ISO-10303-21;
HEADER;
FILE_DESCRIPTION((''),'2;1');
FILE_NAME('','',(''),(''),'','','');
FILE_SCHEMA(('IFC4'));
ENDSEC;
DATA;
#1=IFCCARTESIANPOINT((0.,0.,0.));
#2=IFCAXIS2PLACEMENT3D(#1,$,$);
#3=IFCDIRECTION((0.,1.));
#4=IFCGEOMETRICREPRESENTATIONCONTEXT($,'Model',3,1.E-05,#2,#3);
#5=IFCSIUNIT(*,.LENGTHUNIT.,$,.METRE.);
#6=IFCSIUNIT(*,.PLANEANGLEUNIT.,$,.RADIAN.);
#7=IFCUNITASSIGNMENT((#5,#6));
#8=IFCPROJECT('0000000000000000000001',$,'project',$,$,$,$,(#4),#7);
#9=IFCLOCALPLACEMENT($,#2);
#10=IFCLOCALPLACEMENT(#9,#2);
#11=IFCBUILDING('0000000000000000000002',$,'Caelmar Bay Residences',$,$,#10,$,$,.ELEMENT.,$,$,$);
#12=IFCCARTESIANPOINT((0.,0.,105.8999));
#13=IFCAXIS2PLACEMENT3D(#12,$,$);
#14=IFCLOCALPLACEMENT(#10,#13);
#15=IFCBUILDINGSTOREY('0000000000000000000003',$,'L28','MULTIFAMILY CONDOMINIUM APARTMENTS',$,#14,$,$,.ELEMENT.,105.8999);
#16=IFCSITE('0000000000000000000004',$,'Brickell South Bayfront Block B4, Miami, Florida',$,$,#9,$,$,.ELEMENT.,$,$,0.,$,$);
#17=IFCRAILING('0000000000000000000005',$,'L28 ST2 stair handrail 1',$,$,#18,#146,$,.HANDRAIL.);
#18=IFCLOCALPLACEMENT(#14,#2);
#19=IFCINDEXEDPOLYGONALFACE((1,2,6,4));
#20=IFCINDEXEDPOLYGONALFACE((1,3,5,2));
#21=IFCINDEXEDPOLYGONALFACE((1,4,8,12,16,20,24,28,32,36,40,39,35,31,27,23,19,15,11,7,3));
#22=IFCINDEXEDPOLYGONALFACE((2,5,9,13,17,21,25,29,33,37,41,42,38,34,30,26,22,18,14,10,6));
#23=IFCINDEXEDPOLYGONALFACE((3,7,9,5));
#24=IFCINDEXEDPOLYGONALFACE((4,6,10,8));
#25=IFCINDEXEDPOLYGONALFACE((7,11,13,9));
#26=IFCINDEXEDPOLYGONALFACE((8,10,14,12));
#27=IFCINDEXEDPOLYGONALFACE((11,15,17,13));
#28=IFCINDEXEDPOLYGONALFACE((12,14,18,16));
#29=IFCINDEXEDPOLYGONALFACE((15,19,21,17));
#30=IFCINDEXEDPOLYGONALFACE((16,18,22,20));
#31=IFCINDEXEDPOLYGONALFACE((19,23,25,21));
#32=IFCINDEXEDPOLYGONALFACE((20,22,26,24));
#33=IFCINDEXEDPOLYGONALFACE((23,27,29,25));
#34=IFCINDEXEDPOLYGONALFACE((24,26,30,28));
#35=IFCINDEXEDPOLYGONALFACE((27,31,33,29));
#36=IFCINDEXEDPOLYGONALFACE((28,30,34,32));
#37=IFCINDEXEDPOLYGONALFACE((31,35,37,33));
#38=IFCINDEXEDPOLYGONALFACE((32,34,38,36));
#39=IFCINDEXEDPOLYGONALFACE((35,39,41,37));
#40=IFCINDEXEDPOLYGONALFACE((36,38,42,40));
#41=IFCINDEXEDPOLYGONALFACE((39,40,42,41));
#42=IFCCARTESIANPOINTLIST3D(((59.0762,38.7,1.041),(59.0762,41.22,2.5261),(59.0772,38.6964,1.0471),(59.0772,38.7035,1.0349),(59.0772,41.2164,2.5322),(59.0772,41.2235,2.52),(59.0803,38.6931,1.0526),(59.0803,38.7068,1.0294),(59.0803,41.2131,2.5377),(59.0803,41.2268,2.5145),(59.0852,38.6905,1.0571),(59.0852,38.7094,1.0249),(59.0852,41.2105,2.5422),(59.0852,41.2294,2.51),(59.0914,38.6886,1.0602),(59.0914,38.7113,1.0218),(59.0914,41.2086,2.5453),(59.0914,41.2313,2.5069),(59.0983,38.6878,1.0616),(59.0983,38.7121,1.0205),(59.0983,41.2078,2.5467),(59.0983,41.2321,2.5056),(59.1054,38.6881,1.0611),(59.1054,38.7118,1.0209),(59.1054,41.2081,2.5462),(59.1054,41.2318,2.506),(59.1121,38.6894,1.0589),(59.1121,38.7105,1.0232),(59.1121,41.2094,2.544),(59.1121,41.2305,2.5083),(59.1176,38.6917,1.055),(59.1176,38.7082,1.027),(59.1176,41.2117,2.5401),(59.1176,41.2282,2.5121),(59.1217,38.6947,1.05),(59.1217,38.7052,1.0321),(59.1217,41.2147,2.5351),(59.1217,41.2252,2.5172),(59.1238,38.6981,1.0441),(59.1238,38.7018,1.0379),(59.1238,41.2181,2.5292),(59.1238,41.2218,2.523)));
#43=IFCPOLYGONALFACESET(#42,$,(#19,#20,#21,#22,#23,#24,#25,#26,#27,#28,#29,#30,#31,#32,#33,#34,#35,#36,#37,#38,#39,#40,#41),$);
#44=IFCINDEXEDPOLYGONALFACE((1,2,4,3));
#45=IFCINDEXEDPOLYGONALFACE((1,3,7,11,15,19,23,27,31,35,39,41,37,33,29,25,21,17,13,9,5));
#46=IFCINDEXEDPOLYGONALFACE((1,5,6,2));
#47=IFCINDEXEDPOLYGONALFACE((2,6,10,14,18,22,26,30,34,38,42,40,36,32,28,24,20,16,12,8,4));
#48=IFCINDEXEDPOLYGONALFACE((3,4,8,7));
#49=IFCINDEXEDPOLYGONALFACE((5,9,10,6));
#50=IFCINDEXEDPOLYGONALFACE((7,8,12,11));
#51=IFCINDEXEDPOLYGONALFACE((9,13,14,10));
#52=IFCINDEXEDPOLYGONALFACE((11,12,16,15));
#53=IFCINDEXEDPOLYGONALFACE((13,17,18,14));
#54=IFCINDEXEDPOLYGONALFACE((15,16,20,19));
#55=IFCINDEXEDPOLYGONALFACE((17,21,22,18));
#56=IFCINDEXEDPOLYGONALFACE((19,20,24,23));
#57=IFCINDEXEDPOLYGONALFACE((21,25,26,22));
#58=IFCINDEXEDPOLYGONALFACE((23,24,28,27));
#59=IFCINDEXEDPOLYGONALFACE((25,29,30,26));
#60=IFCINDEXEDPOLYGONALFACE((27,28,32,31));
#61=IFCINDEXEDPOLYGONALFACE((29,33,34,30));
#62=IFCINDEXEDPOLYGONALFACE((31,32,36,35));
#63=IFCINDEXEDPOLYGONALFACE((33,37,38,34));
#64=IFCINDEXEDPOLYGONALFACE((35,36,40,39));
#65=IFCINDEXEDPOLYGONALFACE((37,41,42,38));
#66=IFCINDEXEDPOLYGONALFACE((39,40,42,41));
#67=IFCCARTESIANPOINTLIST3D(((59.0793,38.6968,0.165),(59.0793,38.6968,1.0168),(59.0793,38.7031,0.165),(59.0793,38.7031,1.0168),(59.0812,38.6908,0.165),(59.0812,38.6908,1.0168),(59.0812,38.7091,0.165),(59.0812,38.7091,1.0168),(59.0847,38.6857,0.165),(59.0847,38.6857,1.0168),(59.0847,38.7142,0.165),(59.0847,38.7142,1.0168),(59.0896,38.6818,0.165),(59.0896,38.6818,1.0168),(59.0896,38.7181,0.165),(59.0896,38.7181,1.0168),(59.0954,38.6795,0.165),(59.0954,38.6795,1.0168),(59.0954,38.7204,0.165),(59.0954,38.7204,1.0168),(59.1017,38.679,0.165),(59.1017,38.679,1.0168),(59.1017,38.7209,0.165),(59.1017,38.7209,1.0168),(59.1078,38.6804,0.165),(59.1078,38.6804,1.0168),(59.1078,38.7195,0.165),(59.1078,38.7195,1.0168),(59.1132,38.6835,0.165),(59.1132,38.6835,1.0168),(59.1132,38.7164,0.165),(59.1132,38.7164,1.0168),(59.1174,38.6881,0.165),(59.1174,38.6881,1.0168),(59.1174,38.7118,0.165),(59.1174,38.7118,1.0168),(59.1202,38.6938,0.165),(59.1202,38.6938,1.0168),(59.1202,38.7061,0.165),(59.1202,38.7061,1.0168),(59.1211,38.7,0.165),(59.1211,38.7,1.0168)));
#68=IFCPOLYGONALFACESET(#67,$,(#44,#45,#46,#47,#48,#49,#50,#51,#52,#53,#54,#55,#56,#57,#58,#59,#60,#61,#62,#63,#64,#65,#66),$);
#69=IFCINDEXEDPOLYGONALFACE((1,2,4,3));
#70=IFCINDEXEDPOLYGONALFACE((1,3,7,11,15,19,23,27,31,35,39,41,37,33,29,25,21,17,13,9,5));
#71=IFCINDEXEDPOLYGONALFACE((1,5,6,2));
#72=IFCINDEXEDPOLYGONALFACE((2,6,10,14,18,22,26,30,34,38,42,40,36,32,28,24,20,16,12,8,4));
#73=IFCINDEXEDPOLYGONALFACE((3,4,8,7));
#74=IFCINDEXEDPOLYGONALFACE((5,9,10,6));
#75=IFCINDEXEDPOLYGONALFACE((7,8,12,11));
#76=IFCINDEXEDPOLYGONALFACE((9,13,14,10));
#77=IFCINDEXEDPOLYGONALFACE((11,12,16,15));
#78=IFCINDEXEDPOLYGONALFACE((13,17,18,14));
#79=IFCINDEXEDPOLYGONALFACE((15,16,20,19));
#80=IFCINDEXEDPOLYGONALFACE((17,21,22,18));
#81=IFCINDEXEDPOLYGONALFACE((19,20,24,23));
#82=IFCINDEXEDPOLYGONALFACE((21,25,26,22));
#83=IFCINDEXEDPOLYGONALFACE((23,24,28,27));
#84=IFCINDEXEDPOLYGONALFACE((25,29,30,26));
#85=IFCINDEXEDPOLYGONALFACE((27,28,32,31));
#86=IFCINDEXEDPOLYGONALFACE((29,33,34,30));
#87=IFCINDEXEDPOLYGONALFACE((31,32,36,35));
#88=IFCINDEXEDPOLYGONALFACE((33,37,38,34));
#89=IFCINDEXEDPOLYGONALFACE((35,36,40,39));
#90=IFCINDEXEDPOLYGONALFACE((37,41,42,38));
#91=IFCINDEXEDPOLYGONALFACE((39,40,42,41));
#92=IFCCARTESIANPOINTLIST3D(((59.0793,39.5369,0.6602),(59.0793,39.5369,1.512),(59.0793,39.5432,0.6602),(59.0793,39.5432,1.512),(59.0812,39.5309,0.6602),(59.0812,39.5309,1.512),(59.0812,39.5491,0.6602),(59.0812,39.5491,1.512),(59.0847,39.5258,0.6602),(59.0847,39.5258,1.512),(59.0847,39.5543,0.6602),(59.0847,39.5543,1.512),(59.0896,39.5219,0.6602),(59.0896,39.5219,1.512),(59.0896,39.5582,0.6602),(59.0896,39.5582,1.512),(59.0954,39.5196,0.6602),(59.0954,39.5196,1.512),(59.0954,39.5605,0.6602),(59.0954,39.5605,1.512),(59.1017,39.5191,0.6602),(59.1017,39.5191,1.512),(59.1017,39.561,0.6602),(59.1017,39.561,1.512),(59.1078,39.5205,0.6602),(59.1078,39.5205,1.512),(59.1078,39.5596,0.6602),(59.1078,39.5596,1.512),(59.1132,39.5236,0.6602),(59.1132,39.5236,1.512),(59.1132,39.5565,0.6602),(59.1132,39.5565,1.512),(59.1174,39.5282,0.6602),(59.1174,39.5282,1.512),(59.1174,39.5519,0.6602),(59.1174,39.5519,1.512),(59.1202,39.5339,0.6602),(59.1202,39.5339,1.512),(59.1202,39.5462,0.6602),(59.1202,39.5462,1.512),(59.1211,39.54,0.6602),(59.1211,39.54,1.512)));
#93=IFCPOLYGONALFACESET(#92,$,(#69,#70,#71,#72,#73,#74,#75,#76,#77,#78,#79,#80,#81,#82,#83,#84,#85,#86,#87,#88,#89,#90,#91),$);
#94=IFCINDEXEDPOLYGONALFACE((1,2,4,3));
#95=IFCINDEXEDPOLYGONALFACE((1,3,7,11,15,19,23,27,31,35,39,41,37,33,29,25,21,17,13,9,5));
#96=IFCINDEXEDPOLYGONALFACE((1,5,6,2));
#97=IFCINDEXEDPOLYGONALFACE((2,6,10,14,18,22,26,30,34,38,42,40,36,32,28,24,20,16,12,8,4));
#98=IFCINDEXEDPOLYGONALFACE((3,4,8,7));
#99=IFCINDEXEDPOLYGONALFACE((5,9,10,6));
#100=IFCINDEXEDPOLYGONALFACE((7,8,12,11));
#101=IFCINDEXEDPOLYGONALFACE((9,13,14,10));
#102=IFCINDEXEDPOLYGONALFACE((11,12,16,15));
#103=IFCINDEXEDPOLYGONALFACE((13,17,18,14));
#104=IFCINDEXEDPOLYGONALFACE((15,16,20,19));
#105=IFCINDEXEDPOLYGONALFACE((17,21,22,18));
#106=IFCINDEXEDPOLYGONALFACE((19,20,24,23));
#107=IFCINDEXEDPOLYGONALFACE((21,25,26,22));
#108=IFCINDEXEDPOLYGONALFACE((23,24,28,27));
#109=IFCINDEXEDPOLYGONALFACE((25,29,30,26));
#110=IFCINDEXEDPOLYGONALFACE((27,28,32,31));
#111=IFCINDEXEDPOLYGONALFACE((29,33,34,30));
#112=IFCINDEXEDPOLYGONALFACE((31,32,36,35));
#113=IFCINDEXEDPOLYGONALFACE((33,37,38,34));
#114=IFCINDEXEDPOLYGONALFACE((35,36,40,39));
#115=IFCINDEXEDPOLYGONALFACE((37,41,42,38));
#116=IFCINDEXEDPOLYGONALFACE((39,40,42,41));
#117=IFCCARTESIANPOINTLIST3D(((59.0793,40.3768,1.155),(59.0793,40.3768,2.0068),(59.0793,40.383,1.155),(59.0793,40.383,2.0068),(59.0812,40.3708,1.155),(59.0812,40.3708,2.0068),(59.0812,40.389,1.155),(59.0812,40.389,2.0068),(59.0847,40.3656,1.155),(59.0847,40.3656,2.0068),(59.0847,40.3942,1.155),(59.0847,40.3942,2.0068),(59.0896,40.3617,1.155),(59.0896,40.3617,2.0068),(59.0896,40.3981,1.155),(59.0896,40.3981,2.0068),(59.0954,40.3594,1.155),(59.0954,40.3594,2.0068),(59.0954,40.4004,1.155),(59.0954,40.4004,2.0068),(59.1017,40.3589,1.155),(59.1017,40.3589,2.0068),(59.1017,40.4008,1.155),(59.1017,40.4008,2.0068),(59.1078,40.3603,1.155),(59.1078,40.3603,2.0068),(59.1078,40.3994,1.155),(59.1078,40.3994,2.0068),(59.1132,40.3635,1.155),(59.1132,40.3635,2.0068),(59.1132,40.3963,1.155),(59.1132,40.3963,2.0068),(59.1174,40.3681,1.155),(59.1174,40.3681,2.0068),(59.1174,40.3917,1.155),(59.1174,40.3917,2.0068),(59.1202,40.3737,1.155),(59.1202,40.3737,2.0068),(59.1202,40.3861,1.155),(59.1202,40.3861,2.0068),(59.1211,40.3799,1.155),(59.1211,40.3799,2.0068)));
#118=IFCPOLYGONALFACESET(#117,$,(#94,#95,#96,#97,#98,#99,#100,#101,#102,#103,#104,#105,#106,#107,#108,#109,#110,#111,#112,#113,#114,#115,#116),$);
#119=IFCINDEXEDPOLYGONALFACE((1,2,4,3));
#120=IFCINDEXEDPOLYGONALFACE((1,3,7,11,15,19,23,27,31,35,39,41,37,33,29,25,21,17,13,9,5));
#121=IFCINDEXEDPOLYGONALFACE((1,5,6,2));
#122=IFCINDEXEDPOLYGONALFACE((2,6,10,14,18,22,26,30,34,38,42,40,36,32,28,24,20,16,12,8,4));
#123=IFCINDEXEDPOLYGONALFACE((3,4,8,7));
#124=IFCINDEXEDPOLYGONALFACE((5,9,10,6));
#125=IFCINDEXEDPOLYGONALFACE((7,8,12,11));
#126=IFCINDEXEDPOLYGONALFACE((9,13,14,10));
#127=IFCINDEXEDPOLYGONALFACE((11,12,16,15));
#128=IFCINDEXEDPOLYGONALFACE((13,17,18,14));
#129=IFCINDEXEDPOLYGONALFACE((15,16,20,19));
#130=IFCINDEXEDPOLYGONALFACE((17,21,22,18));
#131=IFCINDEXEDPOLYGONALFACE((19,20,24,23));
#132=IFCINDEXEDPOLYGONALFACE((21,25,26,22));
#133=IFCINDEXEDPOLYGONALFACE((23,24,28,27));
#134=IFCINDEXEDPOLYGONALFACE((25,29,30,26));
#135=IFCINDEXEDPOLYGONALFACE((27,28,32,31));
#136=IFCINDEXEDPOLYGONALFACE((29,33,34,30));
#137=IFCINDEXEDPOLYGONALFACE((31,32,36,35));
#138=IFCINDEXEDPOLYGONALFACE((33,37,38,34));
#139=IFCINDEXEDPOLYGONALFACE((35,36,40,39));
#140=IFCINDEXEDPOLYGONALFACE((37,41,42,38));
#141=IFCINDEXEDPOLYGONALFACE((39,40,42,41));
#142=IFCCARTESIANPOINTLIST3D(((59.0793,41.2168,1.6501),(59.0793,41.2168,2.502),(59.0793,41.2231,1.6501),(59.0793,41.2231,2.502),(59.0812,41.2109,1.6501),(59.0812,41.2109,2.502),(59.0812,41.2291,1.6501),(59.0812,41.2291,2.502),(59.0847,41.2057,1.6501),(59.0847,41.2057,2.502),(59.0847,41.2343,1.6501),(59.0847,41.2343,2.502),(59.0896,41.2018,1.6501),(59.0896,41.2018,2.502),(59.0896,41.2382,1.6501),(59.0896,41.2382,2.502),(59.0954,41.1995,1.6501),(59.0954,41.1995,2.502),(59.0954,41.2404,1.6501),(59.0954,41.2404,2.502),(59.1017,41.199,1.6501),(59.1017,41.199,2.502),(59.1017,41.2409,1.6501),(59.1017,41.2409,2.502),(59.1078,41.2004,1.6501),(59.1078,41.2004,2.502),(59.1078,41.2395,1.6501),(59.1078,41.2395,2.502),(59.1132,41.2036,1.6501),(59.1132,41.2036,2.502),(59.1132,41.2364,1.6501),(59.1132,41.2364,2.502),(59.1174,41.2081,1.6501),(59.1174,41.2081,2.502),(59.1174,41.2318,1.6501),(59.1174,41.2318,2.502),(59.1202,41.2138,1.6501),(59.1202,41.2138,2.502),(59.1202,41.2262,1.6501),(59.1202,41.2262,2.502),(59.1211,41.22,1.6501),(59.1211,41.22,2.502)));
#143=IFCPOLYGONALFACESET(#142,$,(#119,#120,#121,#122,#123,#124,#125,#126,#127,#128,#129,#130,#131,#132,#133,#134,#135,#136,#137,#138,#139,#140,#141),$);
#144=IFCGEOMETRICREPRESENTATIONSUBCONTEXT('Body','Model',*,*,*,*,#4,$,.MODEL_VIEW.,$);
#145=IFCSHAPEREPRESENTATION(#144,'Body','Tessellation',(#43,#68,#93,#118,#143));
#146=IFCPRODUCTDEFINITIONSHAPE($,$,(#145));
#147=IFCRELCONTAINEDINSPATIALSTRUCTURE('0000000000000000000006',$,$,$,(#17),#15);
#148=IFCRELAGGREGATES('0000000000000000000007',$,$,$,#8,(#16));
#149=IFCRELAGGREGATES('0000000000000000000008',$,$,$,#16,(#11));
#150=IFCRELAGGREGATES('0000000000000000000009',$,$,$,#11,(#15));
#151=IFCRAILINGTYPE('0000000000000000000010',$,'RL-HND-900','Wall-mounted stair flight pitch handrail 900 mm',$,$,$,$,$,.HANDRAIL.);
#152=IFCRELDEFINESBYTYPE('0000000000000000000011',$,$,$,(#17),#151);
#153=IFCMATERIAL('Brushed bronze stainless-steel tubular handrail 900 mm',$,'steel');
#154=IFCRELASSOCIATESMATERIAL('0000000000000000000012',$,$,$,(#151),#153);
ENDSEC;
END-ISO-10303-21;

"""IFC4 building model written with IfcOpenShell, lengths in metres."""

from ifc_helpers import new_model, si_unit, direction, frame, origin, origin_2d, place, context, subcontext, project, spatial, circle, extrude, material, type_object, element, save


model = new_model("IFC4")

# Units and contexts
model_context = context("Model", 3, precision=1e-05, world=origin(), true_north=direction((0.0, 1.0)))
body_context = subcontext(model_context, "Body", "Model", "MODEL_VIEW")
ifc_project = project(units=[si_unit("LENGTHUNIT", "METRE"), si_unit("PLANEANGLEUNIT", "RADIAN")], contexts=[model_context])

# Site, building, storey
site_placement = place(None, origin())
site = spatial("IfcSite", under=ifc_project, at=site_placement, Name="Brickell South Bayfront Block B4, Miami, Florida", CompositionType="ELEMENT", RefElevation=0.0)
building_placement = place(site_placement, origin())
building = spatial("IfcBuilding", under=site, at=building_placement, Name="Caelmar Bay Residences", CompositionType="ELEMENT")
storey_placement = place(building_placement, frame((0.0, 0.0, 105.8999)))
storey = spatial("IfcBuildingStorey", under=building, at=storey_placement, Name="L28", Description="MULTIFAMILY CONDOMINIUM APARTMENTS", CompositionType="ELEMENT", Elevation=105.8999)

# Railing
ifc_material_1 = material(Name="Brushed bronze stainless-steel tubular handrail 900 mm", Category="steel")
railing_type_1 = type_object("IfcRailingType", Name="RL-HND-900", Description="Wall-mounted stair flight pitch handrail 900 mm", PredefinedType="HANDRAIL", material=ifc_material_1)
railing_1_placement = place(storey_placement, frame((59.1001, 38.7, 0.165)))
element("IfcRailing", 1, at=railing_1_placement, inside=storey, type_object=railing_type_1, Name="L28 ST2 stair handrail 1", PredefinedType="HANDRAIL", context=body_context, shape_type="SweptSolid", body=[
    extrude(circle(Radius=0.0239, at=origin_2d()), frame((0.0, 0.0, 0.876), z_axis=(0.0, 0.861524, 0.507717), x_axis=(-1.0, 0.0, 0.0)), (0.0, 0.0, 1.0), 2.925),
    extrude(circle(Radius=0.021, at=origin_2d()), origin(), (0.0, 0.0, 1.0), 0.8518),
    extrude(circle(Radius=0.021, at=origin_2d()), frame((0.0, 0.8401, 0.4951)), (0.0, 0.0, 1.0), 0.8518),
    extrude(circle(Radius=0.021, at=origin_2d()), frame((0.0, 1.6799, 0.99)), (0.0, 0.0, 1.0), 0.8518),
    extrude(circle(Radius=0.021, at=origin_2d()), frame((0.0, 2.52, 1.4851)), (0.0, 0.0, 1.0), 0.8518),
])

save(model, "model.ifc")
